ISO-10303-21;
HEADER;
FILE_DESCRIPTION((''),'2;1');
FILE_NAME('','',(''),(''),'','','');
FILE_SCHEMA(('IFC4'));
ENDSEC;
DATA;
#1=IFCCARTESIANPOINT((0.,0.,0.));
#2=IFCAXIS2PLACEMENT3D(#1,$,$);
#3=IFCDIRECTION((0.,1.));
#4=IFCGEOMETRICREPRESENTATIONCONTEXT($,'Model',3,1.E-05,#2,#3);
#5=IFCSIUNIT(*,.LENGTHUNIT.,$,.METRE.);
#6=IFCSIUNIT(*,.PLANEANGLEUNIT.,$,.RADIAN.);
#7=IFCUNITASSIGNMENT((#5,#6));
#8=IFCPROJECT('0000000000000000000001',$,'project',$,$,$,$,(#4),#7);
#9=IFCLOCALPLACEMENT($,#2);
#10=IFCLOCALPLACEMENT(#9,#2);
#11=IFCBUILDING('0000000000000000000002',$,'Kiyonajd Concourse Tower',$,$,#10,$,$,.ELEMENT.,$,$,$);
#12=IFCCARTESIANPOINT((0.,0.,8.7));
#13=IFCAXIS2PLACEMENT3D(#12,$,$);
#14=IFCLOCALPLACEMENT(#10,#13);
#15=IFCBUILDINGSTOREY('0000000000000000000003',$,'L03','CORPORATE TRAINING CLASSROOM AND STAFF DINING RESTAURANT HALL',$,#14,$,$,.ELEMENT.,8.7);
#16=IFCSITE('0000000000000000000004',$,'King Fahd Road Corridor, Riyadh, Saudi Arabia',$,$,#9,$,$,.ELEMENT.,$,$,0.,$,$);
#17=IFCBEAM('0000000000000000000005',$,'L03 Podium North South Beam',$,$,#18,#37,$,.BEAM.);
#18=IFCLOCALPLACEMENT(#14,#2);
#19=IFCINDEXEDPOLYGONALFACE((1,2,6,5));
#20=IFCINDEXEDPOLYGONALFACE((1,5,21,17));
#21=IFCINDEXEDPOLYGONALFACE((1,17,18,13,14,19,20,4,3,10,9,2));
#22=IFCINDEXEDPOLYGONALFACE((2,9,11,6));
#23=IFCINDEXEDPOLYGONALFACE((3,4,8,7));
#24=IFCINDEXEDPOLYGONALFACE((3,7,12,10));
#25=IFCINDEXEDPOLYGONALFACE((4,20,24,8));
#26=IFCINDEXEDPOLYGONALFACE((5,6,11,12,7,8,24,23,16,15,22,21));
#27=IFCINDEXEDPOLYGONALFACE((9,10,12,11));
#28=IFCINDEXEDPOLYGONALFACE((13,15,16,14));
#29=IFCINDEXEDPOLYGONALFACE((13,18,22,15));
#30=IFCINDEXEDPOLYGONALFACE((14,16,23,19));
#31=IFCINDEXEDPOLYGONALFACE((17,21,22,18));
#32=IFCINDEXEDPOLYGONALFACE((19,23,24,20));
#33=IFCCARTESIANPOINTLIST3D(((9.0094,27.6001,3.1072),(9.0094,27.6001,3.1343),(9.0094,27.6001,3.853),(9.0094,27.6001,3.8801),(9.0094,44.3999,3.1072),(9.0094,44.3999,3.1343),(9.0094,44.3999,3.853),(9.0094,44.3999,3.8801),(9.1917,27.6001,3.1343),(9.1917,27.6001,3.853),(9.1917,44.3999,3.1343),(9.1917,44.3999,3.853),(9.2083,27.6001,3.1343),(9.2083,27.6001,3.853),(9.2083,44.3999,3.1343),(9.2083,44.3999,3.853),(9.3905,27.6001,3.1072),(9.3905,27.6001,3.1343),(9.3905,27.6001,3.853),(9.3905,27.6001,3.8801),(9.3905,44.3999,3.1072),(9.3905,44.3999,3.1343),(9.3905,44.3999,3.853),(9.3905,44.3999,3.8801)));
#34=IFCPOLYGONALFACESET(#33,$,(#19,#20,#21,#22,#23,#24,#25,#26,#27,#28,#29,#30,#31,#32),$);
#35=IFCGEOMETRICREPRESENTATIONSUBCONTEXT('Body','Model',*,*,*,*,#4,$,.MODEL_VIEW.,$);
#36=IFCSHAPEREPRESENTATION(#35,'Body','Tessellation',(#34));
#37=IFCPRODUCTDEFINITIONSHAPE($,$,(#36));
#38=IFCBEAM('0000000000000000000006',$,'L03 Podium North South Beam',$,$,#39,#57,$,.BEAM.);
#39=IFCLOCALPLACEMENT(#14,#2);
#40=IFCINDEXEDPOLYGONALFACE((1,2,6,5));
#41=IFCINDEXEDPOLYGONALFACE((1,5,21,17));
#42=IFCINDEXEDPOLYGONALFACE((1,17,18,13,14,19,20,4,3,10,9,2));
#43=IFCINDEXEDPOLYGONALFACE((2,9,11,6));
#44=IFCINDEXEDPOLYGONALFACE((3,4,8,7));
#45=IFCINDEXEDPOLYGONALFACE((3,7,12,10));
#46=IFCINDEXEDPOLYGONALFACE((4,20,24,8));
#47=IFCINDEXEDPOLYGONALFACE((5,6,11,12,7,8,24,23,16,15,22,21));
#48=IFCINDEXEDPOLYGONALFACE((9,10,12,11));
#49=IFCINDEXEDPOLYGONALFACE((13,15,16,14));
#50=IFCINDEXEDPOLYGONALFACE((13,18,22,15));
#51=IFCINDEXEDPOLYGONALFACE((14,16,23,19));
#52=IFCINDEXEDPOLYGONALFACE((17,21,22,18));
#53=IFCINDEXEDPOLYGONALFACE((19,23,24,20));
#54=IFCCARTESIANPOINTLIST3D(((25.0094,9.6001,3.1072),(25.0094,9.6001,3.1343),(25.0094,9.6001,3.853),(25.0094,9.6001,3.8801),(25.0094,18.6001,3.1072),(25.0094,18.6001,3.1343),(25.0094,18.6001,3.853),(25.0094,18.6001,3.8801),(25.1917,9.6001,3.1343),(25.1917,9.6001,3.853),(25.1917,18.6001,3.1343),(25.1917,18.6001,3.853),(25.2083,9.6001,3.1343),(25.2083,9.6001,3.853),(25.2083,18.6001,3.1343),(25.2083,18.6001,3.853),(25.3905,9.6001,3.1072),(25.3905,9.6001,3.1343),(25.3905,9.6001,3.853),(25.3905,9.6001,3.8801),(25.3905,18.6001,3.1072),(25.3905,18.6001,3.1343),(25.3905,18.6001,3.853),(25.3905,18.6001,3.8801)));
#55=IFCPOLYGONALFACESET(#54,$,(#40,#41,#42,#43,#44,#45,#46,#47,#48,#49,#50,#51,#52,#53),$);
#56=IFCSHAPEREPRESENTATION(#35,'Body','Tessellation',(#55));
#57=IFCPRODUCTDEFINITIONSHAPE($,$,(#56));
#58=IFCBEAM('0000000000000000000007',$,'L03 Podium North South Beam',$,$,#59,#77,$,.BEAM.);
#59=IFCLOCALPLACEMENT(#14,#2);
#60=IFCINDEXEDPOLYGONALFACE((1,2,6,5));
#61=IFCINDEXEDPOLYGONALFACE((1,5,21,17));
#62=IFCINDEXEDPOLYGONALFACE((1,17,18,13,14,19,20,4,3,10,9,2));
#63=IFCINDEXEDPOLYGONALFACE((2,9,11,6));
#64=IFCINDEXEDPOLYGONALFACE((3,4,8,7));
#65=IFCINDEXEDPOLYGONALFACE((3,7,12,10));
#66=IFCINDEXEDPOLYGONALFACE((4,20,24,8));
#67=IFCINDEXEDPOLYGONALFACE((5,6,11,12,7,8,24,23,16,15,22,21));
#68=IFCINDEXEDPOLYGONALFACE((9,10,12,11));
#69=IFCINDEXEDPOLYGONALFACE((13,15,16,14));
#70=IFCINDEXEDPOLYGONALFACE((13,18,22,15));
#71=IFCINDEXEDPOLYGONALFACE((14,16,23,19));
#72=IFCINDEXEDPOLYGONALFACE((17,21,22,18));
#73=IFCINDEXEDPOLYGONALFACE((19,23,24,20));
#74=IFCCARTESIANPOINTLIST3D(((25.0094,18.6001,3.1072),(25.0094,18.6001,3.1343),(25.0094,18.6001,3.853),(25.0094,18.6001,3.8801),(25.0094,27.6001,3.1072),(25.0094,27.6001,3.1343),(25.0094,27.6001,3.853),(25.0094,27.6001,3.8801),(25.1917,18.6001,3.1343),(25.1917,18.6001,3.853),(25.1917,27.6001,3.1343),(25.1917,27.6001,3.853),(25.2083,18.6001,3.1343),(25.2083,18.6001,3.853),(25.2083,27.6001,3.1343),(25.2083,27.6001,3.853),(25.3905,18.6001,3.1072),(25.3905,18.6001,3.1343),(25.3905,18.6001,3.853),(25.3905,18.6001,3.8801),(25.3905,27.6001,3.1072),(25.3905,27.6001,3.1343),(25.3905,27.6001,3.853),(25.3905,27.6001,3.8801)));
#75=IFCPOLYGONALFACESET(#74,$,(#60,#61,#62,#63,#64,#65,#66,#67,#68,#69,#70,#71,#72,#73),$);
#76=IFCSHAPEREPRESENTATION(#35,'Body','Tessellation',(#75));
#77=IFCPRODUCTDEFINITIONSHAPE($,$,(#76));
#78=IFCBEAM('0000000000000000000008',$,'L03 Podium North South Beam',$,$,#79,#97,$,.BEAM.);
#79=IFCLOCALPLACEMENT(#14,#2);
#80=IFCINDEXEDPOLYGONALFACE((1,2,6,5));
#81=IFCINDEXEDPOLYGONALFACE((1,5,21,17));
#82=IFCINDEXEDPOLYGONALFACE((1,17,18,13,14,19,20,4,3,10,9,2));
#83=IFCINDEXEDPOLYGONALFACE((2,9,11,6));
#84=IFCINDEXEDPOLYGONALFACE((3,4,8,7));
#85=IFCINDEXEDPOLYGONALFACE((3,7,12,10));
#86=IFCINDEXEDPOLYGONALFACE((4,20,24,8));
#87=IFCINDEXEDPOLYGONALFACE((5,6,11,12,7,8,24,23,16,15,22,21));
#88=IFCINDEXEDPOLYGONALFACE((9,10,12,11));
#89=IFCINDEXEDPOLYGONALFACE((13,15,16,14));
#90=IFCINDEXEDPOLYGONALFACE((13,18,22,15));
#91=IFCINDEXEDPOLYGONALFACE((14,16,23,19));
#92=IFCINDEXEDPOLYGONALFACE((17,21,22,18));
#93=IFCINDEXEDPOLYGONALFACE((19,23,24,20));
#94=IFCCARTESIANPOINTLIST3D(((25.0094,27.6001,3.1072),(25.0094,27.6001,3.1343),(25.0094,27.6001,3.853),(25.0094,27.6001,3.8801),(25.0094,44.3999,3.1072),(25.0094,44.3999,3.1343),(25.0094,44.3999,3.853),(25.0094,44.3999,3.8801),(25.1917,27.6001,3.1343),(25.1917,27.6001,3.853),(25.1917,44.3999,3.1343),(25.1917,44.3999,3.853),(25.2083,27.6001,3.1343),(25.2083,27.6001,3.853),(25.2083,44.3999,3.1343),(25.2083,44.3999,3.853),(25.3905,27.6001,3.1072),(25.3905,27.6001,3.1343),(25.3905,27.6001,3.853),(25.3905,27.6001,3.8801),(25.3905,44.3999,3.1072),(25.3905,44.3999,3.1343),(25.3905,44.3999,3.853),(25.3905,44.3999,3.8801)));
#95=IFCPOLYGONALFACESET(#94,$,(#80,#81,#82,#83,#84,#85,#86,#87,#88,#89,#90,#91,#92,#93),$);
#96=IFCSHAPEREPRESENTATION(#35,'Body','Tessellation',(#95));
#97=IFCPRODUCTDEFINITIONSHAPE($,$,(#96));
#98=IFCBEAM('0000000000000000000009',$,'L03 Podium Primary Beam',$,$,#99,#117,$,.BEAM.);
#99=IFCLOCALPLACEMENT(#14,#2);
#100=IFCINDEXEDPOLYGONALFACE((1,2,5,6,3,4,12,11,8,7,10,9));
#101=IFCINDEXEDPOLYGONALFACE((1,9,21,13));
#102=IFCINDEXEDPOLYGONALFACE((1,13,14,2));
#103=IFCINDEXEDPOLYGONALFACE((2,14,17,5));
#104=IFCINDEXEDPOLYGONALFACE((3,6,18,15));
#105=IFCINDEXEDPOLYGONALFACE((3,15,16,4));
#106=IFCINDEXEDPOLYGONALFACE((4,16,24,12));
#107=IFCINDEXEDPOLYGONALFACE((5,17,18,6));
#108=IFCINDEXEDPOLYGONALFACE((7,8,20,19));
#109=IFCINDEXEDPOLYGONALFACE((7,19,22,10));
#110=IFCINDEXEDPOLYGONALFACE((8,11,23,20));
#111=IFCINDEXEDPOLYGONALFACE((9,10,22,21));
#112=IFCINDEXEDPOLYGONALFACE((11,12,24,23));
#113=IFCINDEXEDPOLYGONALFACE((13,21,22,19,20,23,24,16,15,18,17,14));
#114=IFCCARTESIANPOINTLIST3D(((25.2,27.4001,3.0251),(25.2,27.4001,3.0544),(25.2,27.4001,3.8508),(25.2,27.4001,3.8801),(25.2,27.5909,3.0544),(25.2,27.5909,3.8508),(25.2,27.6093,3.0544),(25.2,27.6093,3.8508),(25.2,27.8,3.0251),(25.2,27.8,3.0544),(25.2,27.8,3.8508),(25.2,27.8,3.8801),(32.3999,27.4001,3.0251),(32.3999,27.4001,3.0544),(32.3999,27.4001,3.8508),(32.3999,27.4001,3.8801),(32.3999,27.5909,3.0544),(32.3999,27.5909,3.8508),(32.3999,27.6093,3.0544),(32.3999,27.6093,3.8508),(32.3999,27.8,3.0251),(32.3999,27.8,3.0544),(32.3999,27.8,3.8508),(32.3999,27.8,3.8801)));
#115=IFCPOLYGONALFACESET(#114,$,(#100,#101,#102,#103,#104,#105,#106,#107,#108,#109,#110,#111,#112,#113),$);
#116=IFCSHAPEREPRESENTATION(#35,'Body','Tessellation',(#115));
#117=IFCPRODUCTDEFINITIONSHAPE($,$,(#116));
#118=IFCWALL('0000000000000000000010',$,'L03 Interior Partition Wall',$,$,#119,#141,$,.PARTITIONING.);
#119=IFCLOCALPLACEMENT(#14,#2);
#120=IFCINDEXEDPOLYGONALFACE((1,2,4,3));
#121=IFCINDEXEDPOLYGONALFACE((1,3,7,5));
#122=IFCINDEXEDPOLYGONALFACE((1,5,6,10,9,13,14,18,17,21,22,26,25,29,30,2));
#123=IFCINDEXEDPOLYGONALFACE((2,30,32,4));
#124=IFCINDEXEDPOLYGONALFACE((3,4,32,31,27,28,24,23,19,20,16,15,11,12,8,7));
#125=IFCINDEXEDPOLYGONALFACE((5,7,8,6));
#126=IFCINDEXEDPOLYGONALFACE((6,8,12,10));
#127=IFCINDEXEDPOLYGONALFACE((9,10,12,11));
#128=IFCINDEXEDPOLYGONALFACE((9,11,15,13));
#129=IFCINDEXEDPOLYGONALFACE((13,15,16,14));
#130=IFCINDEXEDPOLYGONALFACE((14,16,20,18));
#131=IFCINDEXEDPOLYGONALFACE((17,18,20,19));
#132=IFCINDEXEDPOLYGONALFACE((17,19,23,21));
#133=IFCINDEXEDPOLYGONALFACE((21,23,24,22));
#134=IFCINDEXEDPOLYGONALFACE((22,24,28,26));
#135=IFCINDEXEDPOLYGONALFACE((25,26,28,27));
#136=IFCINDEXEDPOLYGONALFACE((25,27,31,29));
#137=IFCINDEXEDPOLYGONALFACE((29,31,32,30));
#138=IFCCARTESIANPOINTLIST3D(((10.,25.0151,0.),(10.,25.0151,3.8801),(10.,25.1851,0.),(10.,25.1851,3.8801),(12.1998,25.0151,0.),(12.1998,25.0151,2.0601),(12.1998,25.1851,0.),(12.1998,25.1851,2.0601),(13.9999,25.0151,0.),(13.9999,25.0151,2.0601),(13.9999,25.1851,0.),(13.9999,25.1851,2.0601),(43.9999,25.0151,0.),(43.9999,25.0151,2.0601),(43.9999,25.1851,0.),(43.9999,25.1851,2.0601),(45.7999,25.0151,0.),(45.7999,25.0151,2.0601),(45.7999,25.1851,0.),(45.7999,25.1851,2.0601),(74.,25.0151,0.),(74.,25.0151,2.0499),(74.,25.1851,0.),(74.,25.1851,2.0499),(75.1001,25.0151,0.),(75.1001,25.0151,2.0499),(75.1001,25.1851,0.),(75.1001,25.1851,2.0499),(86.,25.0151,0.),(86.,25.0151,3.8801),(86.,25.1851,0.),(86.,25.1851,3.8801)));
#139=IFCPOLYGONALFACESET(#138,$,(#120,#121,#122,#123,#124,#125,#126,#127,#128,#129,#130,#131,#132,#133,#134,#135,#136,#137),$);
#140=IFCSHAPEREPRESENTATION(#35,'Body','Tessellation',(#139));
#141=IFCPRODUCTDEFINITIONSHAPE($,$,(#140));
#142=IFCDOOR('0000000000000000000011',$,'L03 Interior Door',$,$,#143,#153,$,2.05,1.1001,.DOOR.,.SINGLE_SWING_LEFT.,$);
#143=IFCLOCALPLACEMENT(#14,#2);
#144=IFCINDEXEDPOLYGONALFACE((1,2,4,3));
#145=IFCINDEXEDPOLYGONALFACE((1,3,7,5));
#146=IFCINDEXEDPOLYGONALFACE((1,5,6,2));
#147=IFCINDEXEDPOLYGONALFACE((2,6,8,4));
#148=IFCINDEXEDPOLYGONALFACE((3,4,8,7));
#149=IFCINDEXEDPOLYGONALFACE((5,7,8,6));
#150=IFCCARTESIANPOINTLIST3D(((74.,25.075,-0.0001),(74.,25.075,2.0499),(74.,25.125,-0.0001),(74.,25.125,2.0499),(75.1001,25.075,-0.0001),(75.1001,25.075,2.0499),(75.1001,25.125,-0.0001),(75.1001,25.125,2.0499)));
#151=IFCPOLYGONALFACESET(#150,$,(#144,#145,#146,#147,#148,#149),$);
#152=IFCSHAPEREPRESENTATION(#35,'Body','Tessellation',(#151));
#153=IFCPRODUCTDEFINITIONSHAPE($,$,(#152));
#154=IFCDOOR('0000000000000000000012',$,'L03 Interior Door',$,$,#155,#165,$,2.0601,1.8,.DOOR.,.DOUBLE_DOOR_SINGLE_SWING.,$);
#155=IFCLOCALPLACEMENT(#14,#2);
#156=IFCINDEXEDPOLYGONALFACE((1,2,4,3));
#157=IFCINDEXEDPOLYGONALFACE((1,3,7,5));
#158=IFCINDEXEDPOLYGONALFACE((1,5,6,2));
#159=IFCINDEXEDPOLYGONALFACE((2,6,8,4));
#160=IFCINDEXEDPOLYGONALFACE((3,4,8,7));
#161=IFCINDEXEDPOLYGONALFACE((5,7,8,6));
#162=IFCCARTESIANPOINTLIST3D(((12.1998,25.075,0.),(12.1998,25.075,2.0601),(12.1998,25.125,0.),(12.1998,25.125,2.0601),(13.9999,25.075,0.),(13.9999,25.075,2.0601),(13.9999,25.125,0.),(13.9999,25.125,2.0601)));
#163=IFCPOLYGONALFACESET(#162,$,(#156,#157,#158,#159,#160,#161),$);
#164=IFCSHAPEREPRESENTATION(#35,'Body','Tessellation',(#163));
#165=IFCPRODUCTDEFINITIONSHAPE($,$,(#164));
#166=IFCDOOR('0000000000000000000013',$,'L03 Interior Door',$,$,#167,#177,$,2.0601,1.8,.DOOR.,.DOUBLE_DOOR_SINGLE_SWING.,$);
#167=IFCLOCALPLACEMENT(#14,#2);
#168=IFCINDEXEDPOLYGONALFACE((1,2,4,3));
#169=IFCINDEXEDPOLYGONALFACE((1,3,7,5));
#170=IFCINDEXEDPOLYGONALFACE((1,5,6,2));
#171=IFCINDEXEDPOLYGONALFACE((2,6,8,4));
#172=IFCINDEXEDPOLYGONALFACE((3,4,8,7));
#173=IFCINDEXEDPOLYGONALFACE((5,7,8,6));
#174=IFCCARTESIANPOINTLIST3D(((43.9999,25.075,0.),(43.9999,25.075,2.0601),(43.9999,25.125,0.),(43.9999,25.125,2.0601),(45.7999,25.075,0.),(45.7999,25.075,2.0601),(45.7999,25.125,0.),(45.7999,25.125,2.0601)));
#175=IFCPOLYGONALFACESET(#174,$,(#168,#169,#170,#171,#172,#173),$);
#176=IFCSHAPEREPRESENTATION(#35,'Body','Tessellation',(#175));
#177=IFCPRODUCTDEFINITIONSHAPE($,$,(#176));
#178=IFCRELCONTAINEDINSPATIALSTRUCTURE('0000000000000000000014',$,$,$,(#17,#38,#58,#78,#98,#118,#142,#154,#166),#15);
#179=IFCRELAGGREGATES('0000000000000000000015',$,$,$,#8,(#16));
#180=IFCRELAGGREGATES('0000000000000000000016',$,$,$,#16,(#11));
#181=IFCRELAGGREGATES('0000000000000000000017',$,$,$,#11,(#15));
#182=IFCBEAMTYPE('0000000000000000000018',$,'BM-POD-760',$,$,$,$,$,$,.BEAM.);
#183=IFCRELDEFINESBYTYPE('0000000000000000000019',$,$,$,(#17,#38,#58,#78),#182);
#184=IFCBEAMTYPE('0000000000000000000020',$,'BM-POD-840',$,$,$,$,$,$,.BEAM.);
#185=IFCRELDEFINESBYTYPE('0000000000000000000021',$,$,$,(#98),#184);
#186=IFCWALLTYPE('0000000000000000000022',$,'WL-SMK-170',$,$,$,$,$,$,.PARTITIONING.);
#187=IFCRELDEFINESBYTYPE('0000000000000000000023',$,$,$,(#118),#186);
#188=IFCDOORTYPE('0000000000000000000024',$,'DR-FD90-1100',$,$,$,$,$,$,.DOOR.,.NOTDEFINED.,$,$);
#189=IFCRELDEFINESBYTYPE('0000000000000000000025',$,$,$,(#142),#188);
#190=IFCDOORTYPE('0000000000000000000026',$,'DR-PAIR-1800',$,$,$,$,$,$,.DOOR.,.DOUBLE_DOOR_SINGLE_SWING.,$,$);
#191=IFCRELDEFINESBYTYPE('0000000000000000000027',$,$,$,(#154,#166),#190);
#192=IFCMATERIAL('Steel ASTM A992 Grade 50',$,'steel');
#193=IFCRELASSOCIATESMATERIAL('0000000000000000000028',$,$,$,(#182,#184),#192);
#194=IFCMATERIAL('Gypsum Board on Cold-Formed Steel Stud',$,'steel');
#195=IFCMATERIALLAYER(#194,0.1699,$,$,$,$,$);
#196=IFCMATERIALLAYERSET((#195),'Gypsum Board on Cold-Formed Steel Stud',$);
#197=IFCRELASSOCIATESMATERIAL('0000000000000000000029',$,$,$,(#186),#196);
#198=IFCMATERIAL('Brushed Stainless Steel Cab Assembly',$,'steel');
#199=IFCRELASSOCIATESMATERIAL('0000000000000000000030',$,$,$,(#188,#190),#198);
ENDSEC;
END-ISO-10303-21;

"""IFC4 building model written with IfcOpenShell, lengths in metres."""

from ifc_helpers import new_model, si_unit, direction, frame, frame_2d, origin, origin_2d, place, context, subcontext, project, spatial, rectangle, i_section, extrude, material, layer, layer_set, material_profile, profile_set, type_object, element, fill, save


model = new_model("IFC4")

# Units and contexts
model_context = context("Model", 3, precision=1e-05, world=origin(), true_north=direction((0.0, 1.0)))
body_context = subcontext(model_context, "Body", "Model", "MODEL_VIEW")
ifc_project = project(units=[si_unit("LENGTHUNIT", "METRE"), si_unit("PLANEANGLEUNIT", "RADIAN")], contexts=[model_context])

# Site, building, storey
site_placement = place(None, origin())
site = spatial("IfcSite", under=ifc_project, at=site_placement, Name="King Fahd Road Corridor, Riyadh, Saudi Arabia", CompositionType="ELEMENT", RefElevation=0.0)
building_placement = place(site_placement, origin())
building = spatial("IfcBuilding", under=site, at=building_placement, Name="Kiyonajd Concourse Tower", CompositionType="ELEMENT")
storey_placement = place(building_placement, frame((0.0, 0.0, 8.7)))
storey = spatial("IfcBuildingStorey", under=building, at=storey_placement, Name="L03", Description="CORPORATE TRAINING CLASSROOM AND STAFF DINING RESTAURANT HALL", CompositionType="ELEMENT", Elevation=8.7)

# Beams
ifc_material_1 = material(Name="Steel ASTM A992 Grade 50", Category="steel")
ifc_material_profile_1 = material_profile(ifc_material_1, i_section(OverallWidth=0.3811, OverallDepth=0.7729, WebThickness=0.0166, FlangeThickness=0.0271, at=origin_2d()), Name="W760X257")
ifc_profile_set_1 = profile_set([ifc_material_profile_1], Name="Steel ASTM A992 Grade 50")
beam_type_1 = type_object("IfcBeamType", Name="BM-POD-760", PredefinedType="BEAM", material=ifc_profile_set_1)
beam_1_placement = place(storey_placement, frame((9.2, 27.6001, 3.4937), z_axis=(0.0, 1.0, 0.0), x_axis=(-1.0, 0.0, 0.0)))
element("IfcBeam", 1, at=beam_1_placement, inside=storey, type_object=beam_type_1, Name="L03 Podium North South Beam", PredefinedType="BEAM", context=body_context, shape_type="SweptSolid", body=[
    extrude(i_section(OverallWidth=0.3811, OverallDepth=0.7729, WebThickness=0.0166, FlangeThickness=0.0271, at=origin_2d()), origin(), (0.0, 0.0, 1.0), 16.7998),
])
for number, where, z_axis, x_axis, name in (
    (2, (25.2, 9.6001, 3.4937), (0.0, 1.0, 0.0), (-1.0, 0.0, 0.0), "L03 Podium North South Beam"),
    (3, (25.2, 18.6001, 3.4937), (0.0, 1.0, 0.0), (-1.0, 0.0, 0.0), "L03 Podium North South Beam"),
):
    element("IfcBeam", number, at=place(storey_placement, frame(where, z_axis=z_axis, x_axis=x_axis)), inside=storey, type_object=beam_type_1, Name=name, PredefinedType="BEAM", context=body_context, shape_type="SweptSolid", body=[
        extrude(i_section(OverallWidth=0.3811, OverallDepth=0.7729, WebThickness=0.0166, FlangeThickness=0.0271, at=origin_2d()), origin(), (0.0, 0.0, 1.0), 9.0),
    ])
beam_2_placement = place(storey_placement, frame((25.2, 27.6001, 3.4937), z_axis=(0.0, 1.0, 0.0), x_axis=(-1.0, 0.0, 0.0)))
element("IfcBeam", 4, at=beam_2_placement, inside=storey, type_object=beam_type_1, Name="L03 Podium North South Beam", PredefinedType="BEAM", context=body_context, shape_type="SweptSolid", body=[
    extrude(i_section(OverallWidth=0.3811, OverallDepth=0.7729, WebThickness=0.0166, FlangeThickness=0.0271, at=origin_2d()), origin(), (0.0, 0.0, 1.0), 16.7998),
])
ifc_material_profile_2 = material_profile(ifc_material_1, i_section(OverallWidth=0.3999, OverallDepth=0.855, WebThickness=0.0183, FlangeThickness=0.0293, at=origin_2d()), Name="W840X299")
ifc_profile_set_2 = profile_set([ifc_material_profile_2], Name="Steel ASTM A992 Grade 50")
beam_type_2 = type_object("IfcBeamType", Name="BM-POD-840", PredefinedType="BEAM", material=ifc_profile_set_2)
beam_3_placement = place(storey_placement, frame((25.2, 27.6001, 3.4526), z_axis=(1.0, 0.0, 0.0), x_axis=(0.0, 1.0, 0.0)))
element("IfcBeam", 5, at=beam_3_placement, inside=storey, type_object=beam_type_2, Name="L03 Podium Primary Beam", PredefinedType="BEAM", context=body_context, shape_type="SweptSolid", body=[
    extrude(i_section(OverallWidth=0.3999, OverallDepth=0.855, WebThickness=0.0183, FlangeThickness=0.0293, at=origin_2d()), origin(), (0.0, 0.0, 1.0), 7.2),
])

# Wall, openings, doors
ifc_material_2 = material(Name="Gypsum Board on Cold-Formed Steel Stud", Category="steel")
ifc_layer_1 = layer(ifc_material_2, 0.1699)
ifc_layer_set_1 = layer_set([ifc_layer_1], Name="Gypsum Board on Cold-Formed Steel Stud")
wall_type_1 = type_object("IfcWallType", Name="WL-SMK-170", PredefinedType="PARTITIONING", material=ifc_layer_set_1)
wall_1_placement = place(storey_placement, frame((10.0, 25.1001, 0.0), z_axis=(0.0, 0.0, 1.0), x_axis=(1.0, 0.0, 0.0)))
wall_1 = element("IfcWall", 6, at=wall_1_placement, inside=storey, type_object=wall_type_1, Name="L03 Interior Partition Wall", PredefinedType="PARTITIONING", context=body_context, shape_type="SweptSolid", body=[
    extrude(rectangle(XDim=76.0, YDim=0.1699, at=frame_2d((38.0, 0.0))), origin(), (0.0, 0.0, 1.0), 3.8801),
])
opening_1_placement = place(wall_1_placement, frame((2.2, 0.0, 0.0)))
opening_1 = element("IfcOpeningElement", 7, at=opening_1_placement, cuts=wall_1, PredefinedType="OPENING", context=body_context, shape_type="SweptSolid", body=[
    extrude(rectangle(XDim=1.8, YDim=2.0601, at=frame_2d((0.8999, 1.03))), frame((0.0, 0.095, 0.0), z_axis=(0.0, -1.0, 0.0), x_axis=(1.0, 0.0, 0.0)), (0.0, 0.0, 1.0), 0.1899),
])
opening_2_placement = place(wall_1_placement, frame((34.0, 0.0, 0.0)))
opening_2 = element("IfcOpeningElement", 8, at=opening_2_placement, cuts=wall_1, PredefinedType="OPENING", context=body_context, shape_type="SweptSolid", body=[
    extrude(rectangle(XDim=1.8, YDim=2.0601, at=frame_2d((0.8999, 1.03))), frame((0.0, 0.095, 0.0), z_axis=(0.0, -1.0, 0.0), x_axis=(1.0, 0.0, 0.0)), (0.0, 0.0, 1.0), 0.1899),
])
opening_3_placement = place(wall_1_placement, frame((64.0, 0.0, 0.0)))
opening_3 = element("IfcOpeningElement", 9, at=opening_3_placement, cuts=wall_1, PredefinedType="OPENING", context=body_context, shape_type="SweptSolid", body=[
    extrude(rectangle(XDim=1.1001, YDim=2.05, at=frame_2d((0.55, 1.0249))), frame((0.0, 0.095, 0.0), z_axis=(0.0, -1.0, 0.0), x_axis=(1.0, 0.0, 0.0)), (0.0, 0.0, 1.0), 0.1899),
])
ifc_material_3 = material(Name="Brushed Stainless Steel Cab Assembly", Category="steel")
door_type_1 = type_object("IfcDoorType", Name="DR-FD90-1100", OperationType="NOTDEFINED", PredefinedType="DOOR", material=ifc_material_3)
door_1_placement = place(opening_3_placement, origin())
door_1 = element("IfcDoor", 10, at=door_1_placement, inside=storey, type_object=door_type_1, Name="L03 Interior Door", OperationType="SINGLE_SWING_LEFT", OverallHeight=2.05, OverallWidth=1.1001, PredefinedType="DOOR", context=body_context, shape_type="SweptSolid", body=[
    extrude(rectangle(XDim=1.1001, YDim=2.05, at=frame_2d((0.55, 1.0249))), frame((0.0, 0.0249, 0.0), z_axis=(0.0, -1.0, 0.0), x_axis=(1.0, 0.0, 0.0)), (0.0, 0.0, 1.0), 0.05),
])
fill(opening_3, door_1)
door_type_2 = type_object("IfcDoorType", Name="DR-PAIR-1800", OperationType="DOUBLE_DOOR_SINGLE_SWING", PredefinedType="DOOR", material=ifc_material_3)
door_2_placement = place(opening_1_placement, origin())
door_2 = element("IfcDoor", 11, at=door_2_placement, inside=storey, type_object=door_type_2, Name="L03 Interior Door", OperationType="DOUBLE_DOOR_SINGLE_SWING", OverallHeight=2.0601, OverallWidth=1.8, PredefinedType="DOOR", context=body_context, shape_type="SweptSolid", body=[
    extrude(rectangle(XDim=1.8, YDim=2.0601, at=frame_2d((0.8999, 1.03))), frame((0.0, 0.0249, 0.0), z_axis=(0.0, -1.0, 0.0), x_axis=(1.0, 0.0, 0.0)), (0.0, 0.0, 1.0), 0.05),
])
fill(opening_1, door_2)
door_3_placement = place(opening_2_placement, origin())
door_3 = element("IfcDoor", 12, at=door_3_placement, inside=storey, type_object=door_type_2, Name="L03 Interior Door", OperationType="DOUBLE_DOOR_SINGLE_SWING", OverallHeight=2.0601, OverallWidth=1.8, PredefinedType="DOOR", context=body_context, shape_type="SweptSolid", body=[
    extrude(rectangle(XDim=1.8, YDim=2.0601, at=frame_2d((0.8999, 1.03))), frame((0.0, 0.0249, 0.0), z_axis=(0.0, -1.0, 0.0), x_axis=(1.0, 0.0, 0.0)), (0.0, 0.0, 1.0), 0.05),
])
fill(opening_2, door_3)

save(model, "model.ifc")
